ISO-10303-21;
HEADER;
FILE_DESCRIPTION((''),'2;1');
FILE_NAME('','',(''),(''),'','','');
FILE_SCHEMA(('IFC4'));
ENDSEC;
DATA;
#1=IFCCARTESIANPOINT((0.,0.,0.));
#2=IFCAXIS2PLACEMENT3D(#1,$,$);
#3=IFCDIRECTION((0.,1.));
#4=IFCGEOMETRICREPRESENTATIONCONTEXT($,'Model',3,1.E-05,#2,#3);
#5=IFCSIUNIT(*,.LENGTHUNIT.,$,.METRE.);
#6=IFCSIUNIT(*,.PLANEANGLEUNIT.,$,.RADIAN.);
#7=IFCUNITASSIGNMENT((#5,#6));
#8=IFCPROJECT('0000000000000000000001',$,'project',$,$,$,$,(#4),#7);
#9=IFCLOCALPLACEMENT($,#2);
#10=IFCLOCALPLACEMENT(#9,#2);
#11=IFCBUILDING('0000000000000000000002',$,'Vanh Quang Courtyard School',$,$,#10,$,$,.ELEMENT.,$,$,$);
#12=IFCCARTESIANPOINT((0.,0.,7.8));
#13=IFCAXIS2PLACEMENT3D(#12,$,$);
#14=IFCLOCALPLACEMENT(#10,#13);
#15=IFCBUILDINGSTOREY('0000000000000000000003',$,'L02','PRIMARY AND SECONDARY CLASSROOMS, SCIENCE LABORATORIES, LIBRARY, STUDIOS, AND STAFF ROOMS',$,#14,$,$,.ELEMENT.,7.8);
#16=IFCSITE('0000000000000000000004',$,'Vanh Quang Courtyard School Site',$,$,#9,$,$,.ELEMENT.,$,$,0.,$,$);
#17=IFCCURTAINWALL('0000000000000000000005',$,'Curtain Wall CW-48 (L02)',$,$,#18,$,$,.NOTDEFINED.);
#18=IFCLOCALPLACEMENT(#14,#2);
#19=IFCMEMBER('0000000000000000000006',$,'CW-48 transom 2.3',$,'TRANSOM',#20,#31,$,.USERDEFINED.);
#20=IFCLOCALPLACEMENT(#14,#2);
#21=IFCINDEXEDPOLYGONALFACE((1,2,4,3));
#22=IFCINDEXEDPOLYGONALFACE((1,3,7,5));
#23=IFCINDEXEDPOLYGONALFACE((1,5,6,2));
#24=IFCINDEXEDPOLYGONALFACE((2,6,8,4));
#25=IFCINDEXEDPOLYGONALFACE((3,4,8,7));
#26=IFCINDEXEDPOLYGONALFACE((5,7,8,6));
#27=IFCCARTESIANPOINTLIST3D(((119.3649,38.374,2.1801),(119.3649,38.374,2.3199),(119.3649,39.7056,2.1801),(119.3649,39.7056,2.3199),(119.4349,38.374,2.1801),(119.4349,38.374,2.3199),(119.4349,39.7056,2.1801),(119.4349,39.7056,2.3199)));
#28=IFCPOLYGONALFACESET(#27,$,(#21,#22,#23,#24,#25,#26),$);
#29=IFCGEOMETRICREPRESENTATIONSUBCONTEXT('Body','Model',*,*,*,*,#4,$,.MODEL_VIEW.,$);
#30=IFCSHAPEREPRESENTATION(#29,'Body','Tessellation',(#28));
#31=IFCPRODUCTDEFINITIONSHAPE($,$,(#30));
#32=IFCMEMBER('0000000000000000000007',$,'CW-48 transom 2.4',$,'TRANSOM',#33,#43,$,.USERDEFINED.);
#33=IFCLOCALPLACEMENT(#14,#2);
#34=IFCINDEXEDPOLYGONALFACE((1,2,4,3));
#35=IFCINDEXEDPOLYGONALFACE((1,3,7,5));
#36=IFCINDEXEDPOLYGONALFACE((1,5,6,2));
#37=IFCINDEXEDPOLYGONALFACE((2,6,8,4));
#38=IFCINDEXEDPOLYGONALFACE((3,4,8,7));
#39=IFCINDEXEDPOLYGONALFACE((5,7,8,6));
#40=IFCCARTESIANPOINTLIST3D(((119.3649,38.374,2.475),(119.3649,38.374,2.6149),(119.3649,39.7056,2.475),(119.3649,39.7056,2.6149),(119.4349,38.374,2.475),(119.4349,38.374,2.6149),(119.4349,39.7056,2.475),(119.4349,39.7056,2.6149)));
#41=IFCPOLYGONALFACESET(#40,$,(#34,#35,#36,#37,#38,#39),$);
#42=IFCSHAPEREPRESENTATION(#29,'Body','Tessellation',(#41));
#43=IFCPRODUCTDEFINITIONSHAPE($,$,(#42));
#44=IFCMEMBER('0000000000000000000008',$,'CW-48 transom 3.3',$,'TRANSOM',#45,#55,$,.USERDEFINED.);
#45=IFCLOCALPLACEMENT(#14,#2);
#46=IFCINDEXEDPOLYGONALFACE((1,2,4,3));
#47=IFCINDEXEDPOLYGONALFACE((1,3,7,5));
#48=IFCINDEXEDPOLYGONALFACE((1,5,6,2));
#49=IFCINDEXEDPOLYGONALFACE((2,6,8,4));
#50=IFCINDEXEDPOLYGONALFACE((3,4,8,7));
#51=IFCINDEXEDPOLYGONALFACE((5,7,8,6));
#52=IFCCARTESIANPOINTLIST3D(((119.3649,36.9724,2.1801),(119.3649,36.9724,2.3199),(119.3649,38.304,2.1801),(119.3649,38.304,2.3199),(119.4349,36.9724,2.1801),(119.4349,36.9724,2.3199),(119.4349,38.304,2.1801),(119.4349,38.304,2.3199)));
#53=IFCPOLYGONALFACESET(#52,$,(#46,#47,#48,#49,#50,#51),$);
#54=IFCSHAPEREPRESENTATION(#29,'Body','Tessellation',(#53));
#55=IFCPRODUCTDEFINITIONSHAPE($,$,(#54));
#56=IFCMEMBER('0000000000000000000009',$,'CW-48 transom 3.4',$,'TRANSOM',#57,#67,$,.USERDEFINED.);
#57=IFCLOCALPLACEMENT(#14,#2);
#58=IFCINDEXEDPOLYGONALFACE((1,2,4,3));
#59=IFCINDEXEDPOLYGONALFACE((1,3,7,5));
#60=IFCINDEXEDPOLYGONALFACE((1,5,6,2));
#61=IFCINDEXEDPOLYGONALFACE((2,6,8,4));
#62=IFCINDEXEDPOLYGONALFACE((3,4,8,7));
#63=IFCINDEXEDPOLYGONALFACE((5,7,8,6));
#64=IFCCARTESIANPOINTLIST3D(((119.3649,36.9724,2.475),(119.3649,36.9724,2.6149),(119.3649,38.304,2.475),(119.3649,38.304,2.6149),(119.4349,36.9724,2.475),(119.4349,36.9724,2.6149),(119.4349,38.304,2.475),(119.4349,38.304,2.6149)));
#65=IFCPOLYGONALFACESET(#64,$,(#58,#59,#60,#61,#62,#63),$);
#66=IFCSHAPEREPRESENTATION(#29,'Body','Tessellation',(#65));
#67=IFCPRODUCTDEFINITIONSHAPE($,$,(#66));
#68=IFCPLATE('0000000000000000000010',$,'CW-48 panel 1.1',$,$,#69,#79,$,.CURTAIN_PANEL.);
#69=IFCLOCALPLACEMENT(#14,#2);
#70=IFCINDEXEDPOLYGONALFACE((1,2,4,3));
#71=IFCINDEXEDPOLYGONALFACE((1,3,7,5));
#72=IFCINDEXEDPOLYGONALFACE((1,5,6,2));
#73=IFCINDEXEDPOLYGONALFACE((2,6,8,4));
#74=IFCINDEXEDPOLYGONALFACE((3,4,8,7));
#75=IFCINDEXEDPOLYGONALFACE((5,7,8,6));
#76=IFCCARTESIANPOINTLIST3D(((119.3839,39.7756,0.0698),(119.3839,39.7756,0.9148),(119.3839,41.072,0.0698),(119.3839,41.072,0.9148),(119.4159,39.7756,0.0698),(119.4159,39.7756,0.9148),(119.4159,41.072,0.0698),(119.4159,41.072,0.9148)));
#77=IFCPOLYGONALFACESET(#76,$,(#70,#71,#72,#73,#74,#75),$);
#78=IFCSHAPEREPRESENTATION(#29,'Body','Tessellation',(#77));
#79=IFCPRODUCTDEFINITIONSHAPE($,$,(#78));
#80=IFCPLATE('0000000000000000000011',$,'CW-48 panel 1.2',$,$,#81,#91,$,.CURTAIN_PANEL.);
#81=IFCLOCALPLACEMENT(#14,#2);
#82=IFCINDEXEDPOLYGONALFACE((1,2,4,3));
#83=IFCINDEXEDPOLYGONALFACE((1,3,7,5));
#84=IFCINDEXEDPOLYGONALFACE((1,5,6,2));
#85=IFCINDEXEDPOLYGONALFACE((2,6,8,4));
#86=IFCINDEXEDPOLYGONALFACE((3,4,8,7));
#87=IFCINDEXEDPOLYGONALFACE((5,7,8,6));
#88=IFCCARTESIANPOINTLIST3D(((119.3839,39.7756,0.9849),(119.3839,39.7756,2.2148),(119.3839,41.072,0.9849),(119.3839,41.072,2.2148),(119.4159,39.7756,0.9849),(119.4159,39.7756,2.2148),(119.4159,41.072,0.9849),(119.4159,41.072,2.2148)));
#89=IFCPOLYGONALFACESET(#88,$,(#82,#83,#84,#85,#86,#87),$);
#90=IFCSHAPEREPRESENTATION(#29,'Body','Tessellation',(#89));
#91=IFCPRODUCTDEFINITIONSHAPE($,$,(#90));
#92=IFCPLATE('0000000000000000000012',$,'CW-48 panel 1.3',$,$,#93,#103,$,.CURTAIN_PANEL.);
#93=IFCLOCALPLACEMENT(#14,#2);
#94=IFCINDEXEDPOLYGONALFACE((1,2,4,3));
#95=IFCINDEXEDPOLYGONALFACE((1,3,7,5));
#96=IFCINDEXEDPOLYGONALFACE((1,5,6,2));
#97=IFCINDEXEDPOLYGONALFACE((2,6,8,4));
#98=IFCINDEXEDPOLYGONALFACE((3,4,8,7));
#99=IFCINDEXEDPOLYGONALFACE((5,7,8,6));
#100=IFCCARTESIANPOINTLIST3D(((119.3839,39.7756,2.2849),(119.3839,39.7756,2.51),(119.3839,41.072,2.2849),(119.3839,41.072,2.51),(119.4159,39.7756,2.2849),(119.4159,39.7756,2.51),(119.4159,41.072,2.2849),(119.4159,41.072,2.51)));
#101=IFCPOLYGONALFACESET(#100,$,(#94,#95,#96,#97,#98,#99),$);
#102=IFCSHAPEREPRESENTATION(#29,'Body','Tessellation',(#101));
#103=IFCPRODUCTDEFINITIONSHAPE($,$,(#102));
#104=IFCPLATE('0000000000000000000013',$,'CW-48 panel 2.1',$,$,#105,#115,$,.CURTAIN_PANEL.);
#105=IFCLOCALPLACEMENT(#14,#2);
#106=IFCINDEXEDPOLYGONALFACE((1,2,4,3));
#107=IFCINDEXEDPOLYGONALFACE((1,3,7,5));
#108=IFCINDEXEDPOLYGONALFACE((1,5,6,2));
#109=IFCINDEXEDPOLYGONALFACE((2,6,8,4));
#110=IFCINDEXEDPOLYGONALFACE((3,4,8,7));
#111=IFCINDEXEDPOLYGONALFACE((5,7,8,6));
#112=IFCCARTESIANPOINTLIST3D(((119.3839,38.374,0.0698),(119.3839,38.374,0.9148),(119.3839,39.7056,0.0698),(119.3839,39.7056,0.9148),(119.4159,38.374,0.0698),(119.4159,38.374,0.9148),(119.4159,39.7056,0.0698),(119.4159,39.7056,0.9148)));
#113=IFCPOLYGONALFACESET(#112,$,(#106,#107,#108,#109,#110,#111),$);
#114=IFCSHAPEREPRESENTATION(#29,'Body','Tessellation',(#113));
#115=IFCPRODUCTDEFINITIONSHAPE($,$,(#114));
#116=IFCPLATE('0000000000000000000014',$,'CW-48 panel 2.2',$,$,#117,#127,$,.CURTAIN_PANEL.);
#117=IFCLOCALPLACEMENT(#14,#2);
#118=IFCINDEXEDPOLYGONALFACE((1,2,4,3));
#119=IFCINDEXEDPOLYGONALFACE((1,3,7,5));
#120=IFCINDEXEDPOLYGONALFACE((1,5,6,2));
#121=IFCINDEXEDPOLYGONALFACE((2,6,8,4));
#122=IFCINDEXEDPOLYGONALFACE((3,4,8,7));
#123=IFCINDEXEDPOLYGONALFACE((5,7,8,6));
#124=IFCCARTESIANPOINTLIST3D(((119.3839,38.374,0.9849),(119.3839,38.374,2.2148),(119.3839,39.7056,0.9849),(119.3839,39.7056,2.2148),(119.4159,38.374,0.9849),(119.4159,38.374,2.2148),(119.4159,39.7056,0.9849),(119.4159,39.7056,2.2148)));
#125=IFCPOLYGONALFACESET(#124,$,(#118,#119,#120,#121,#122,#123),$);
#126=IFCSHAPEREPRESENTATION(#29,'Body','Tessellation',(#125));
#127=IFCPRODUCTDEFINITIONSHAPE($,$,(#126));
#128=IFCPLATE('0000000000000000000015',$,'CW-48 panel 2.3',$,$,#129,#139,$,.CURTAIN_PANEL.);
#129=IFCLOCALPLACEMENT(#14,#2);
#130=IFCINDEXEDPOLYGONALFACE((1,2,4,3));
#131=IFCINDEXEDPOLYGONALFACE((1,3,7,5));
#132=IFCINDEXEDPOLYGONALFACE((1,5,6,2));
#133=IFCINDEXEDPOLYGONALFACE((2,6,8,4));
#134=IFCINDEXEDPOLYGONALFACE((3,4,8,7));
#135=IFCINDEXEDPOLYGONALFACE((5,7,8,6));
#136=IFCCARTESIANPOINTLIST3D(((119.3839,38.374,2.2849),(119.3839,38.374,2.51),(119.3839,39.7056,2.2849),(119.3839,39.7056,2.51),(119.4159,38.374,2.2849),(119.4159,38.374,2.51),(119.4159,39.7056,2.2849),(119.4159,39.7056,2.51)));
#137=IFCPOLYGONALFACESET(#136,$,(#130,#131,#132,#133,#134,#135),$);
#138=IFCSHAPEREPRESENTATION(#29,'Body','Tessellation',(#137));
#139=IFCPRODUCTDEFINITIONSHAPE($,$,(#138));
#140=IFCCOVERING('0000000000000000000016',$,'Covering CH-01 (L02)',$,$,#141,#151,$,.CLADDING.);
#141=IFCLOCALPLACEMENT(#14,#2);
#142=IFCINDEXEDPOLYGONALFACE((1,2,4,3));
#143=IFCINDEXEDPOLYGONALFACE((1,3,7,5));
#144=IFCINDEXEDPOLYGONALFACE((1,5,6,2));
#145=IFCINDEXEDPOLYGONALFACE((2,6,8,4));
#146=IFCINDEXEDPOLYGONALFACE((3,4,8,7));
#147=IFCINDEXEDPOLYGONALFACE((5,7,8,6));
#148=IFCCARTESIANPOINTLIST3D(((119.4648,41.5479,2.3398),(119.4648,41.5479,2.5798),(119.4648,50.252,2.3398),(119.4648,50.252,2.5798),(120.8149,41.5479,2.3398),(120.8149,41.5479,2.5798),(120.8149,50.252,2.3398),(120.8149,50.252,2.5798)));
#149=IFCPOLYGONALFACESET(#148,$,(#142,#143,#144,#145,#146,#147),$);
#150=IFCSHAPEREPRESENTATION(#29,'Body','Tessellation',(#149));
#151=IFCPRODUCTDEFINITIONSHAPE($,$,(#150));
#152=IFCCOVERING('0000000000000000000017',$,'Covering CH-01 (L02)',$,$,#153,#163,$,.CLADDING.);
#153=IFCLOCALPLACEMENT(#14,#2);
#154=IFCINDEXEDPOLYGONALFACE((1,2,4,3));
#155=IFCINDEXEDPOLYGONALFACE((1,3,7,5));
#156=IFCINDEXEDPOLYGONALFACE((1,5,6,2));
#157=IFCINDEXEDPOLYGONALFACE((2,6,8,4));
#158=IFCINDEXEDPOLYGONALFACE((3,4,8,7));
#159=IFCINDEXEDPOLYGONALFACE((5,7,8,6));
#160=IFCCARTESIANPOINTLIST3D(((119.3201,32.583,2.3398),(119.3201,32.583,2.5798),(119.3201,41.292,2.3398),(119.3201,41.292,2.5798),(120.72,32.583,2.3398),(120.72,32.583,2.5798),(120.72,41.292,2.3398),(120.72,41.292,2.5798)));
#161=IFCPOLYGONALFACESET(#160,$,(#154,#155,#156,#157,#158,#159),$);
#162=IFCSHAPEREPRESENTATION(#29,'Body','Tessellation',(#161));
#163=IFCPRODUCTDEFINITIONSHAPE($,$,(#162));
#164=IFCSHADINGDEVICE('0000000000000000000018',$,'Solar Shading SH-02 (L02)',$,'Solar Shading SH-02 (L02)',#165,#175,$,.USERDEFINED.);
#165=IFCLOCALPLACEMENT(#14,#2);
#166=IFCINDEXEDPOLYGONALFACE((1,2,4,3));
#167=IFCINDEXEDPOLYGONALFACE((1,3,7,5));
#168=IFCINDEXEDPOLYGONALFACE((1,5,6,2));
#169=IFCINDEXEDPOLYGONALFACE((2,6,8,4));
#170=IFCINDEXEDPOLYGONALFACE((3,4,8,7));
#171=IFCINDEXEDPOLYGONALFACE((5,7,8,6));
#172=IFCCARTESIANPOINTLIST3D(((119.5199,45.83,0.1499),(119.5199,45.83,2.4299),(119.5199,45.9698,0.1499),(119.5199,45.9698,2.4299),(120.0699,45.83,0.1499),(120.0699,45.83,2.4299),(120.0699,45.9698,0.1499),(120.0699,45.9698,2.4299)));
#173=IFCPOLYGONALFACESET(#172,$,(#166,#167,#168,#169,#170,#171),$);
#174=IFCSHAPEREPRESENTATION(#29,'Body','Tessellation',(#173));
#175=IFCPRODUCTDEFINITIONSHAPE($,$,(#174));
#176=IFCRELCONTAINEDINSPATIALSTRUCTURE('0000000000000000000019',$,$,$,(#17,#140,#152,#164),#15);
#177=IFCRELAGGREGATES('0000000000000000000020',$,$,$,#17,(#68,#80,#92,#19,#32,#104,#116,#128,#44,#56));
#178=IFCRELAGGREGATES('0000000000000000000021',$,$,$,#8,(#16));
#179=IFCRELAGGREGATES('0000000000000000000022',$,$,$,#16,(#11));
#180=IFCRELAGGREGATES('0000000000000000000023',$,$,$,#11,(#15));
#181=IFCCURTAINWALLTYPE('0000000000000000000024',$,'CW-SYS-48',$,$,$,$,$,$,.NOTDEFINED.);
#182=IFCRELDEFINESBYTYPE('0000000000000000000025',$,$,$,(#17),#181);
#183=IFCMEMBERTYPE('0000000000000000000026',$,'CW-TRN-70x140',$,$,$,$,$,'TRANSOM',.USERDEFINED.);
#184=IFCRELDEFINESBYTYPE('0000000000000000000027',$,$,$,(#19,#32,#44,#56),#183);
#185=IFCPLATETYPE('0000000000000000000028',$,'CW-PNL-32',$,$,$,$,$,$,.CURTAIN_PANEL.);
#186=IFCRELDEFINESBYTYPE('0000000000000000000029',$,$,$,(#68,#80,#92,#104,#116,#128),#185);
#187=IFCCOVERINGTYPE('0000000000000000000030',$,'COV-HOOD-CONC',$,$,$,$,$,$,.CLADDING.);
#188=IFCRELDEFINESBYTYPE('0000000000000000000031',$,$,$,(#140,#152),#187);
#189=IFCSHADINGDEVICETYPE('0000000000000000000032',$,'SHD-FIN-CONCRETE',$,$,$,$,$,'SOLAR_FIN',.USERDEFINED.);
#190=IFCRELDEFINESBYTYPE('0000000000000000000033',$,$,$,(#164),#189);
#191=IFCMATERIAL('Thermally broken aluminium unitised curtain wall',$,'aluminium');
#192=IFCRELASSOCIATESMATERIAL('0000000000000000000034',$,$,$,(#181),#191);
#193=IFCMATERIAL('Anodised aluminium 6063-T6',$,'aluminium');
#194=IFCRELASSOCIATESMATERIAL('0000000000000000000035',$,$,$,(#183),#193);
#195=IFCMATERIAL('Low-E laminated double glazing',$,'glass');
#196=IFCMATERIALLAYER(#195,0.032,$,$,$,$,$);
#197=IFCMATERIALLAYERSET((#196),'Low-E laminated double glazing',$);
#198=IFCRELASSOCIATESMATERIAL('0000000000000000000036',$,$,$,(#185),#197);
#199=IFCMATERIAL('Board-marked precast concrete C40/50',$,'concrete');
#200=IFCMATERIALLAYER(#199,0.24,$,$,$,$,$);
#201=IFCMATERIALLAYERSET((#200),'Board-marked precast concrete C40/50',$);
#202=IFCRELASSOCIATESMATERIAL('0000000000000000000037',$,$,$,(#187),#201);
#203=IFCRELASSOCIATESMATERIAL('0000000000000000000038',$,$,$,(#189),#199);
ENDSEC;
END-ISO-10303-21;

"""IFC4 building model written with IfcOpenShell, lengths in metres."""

from ifc_helpers import new_model, si_unit, direction, frame, origin, origin_2d, place, context, subcontext, project, spatial, rectangle, extrude, material, layer, layer_set, material_profile, profile_set, type_object, element, aggregate, save


model = new_model("IFC4")

# Units and contexts
model_context = context("Model", 3, precision=1e-05, world=origin(), true_north=direction((0.0, 1.0)))
body_context = subcontext(model_context, "Body", "Model", "MODEL_VIEW")
ifc_project = project(units=[si_unit("LENGTHUNIT", "METRE"), si_unit("PLANEANGLEUNIT", "RADIAN")], contexts=[model_context])

# Site, building, storey
site_placement = place(None, origin())
site = spatial("IfcSite", under=ifc_project, at=site_placement, Name="Vanh Quang Courtyard School Site", CompositionType="ELEMENT", RefElevation=0.0)
building_placement = place(site_placement, origin())
building = spatial("IfcBuilding", under=site, at=building_placement, Name="Vanh Quang Courtyard School", CompositionType="ELEMENT")
storey_placement = place(building_placement, frame((0.0, 0.0, 7.8)))
storey = spatial("IfcBuildingStorey", under=building, at=storey_placement, Name="L02", Description="PRIMARY AND SECONDARY CLASSROOMS, SCIENCE LABORATORIES, LIBRARY, STUDIOS, AND STAFF ROOMS", CompositionType="ELEMENT", Elevation=7.8)

# Curtain wall, members, plates
ifc_material_1 = material(Name="Thermally broken aluminium unitised curtain wall", Category="aluminium")
curtain_wall_type = type_object("IfcCurtainWallType", Name="CW-SYS-48", PredefinedType="NOTDEFINED", material=ifc_material_1)
curtain_wall_placement = place(storey_placement, origin())
curtain_wall = element("IfcCurtainWall", 1, at=curtain_wall_placement, inside=storey, type_object=curtain_wall_type, Name="Curtain Wall CW-48 (L02)", PredefinedType="NOTDEFINED")
ifc_material_2 = material(Name="Anodised aluminium 6063-T6", Category="aluminium")
ifc_material_profile_1 = material_profile(ifc_material_2, rectangle(XDim=0.0701, YDim=0.1399, at=origin_2d()), Name="ALU-TRN 70x140")
ifc_profile_set_1 = profile_set([ifc_material_profile_1], Name="Anodised aluminium 6063-T6")
member_type_1 = type_object("IfcMemberType", Name="CW-TRN-70x140", ElementType="TRANSOM", PredefinedType="USERDEFINED", material=ifc_profile_set_1)
member_1_placement = place(storey_placement, frame((119.3999, 39.7056, 2.25), z_axis=(0.0, -1.0, 0.0), x_axis=(1.0, 0.0, 0.0)))
member_1 = element("IfcMember", 2, at=member_1_placement, type_object=member_type_1, Name="CW-48 transom 2.3", ObjectType="TRANSOM", PredefinedType="USERDEFINED", context=body_context, shape_type="SweptSolid", body=[
    extrude(rectangle(XDim=0.0701, YDim=0.1399, at=origin_2d()), origin(), (0.0, 0.0, 1.0), 1.3315),
])
member_2_placement = place(storey_placement, frame((119.3999, 39.7056, 2.5449), z_axis=(0.0, -1.0, 0.0), x_axis=(1.0, 0.0, 0.0)))
member_2 = element("IfcMember", 3, at=member_2_placement, type_object=member_type_1, Name="CW-48 transom 2.4", ObjectType="TRANSOM", PredefinedType="USERDEFINED", context=body_context, shape_type="SweptSolid", body=[
    extrude(rectangle(XDim=0.0701, YDim=0.1399, at=origin_2d()), origin(), (0.0, 0.0, 1.0), 1.3315),
])
member_3_placement = place(storey_placement, frame((119.3999, 38.304, 2.25), z_axis=(0.0, -1.0, 0.0), x_axis=(1.0, 0.0, 0.0)))
member_3 = element("IfcMember", 4, at=member_3_placement, type_object=member_type_1, Name="CW-48 transom 3.3", ObjectType="TRANSOM", PredefinedType="USERDEFINED", context=body_context, shape_type="SweptSolid", body=[
    extrude(rectangle(XDim=0.0701, YDim=0.1399, at=origin_2d()), origin(), (0.0, 0.0, 1.0), 1.3315),
])
member_4_placement = place(storey_placement, frame((119.3999, 38.304, 2.5449), z_axis=(0.0, -1.0, 0.0), x_axis=(1.0, 0.0, 0.0)))
member_4 = element("IfcMember", 5, at=member_4_placement, type_object=member_type_1, Name="CW-48 transom 3.4", ObjectType="TRANSOM", PredefinedType="USERDEFINED", context=body_context, shape_type="SweptSolid", body=[
    extrude(rectangle(XDim=0.0701, YDim=0.1399, at=origin_2d()), origin(), (0.0, 0.0, 1.0), 1.3315),
])
ifc_material_3 = material(Name="Low-E laminated double glazing", Category="glass")
ifc_layer_1 = layer(ifc_material_3, 0.032)
ifc_layer_set_1 = layer_set([ifc_layer_1], Name="Low-E laminated double glazing")
plate_type = type_object("IfcPlateType", Name="CW-PNL-32", PredefinedType="CURTAIN_PANEL", material=ifc_layer_set_1)
plate_1_placement = place(storey_placement, frame((119.3999, 40.4238, 0.0698), z_axis=(0.0, 0.0, 1.0), x_axis=(0.0, -1.0, 0.0)))
plate_1 = element("IfcPlate", 6, at=plate_1_placement, type_object=plate_type, Name="CW-48 panel 1.1", PredefinedType="CURTAIN_PANEL", context=body_context, shape_type="SweptSolid", body=[
    extrude(rectangle(XDim=1.2964, YDim=0.032, at=origin_2d()), origin(), (0.0, 0.0, 1.0), 0.845),
])
plate_2_placement = place(storey_placement, frame((119.3999, 40.4238, 0.9849), z_axis=(0.0, 0.0, 1.0), x_axis=(0.0, -1.0, 0.0)))
plate_2 = element("IfcPlate", 7, at=plate_2_placement, type_object=plate_type, Name="CW-48 panel 1.2", PredefinedType="CURTAIN_PANEL", context=body_context, shape_type="SweptSolid", body=[
    extrude(rectangle(XDim=1.2964, YDim=0.032, at=origin_2d()), origin(), (0.0, 0.0, 1.0), 1.23),
])
plate_3_placement = place(storey_placement, frame((119.3999, 40.4238, 2.2849), z_axis=(0.0, 0.0, 1.0), x_axis=(0.0, -1.0, 0.0)))
plate_3 = element("IfcPlate", 8, at=plate_3_placement, type_object=plate_type, Name="CW-48 panel 1.3", PredefinedType="CURTAIN_PANEL", context=body_context, shape_type="SweptSolid", body=[
    extrude(rectangle(XDim=1.2964, YDim=0.032, at=origin_2d()), origin(), (0.0, 0.0, 1.0), 0.2251),
])
plate_4_placement = place(storey_placement, frame((119.3999, 39.0398, 0.0698), z_axis=(0.0, 0.0, 1.0), x_axis=(0.0, -1.0, 0.0)))
plate_4 = element("IfcPlate", 9, at=plate_4_placement, type_object=plate_type, Name="CW-48 panel 2.1", PredefinedType="CURTAIN_PANEL", context=body_context, shape_type="SweptSolid", body=[
    extrude(rectangle(XDim=1.3315, YDim=0.032, at=origin_2d()), origin(), (0.0, 0.0, 1.0), 0.845),
])
plate_5_placement = place(storey_placement, frame((119.3999, 39.0398, 0.9849), z_axis=(0.0, 0.0, 1.0), x_axis=(0.0, -1.0, 0.0)))
plate_5 = element("IfcPlate", 10, at=plate_5_placement, type_object=plate_type, Name="CW-48 panel 2.2", PredefinedType="CURTAIN_PANEL", context=body_context, shape_type="SweptSolid", body=[
    extrude(rectangle(XDim=1.3315, YDim=0.032, at=origin_2d()), origin(), (0.0, 0.0, 1.0), 1.23),
])
plate_6_placement = place(storey_placement, frame((119.3999, 39.0398, 2.2849), z_axis=(0.0, 0.0, 1.0), x_axis=(0.0, -1.0, 0.0)))
plate_6 = element("IfcPlate", 11, at=plate_6_placement, type_object=plate_type, Name="CW-48 panel 2.3", PredefinedType="CURTAIN_PANEL", context=body_context, shape_type="SweptSolid", body=[
    extrude(rectangle(XDim=1.3315, YDim=0.032, at=origin_2d()), origin(), (0.0, 0.0, 1.0), 0.2251),
])
aggregate(curtain_wall, [plate_1, plate_2, plate_3, member_1, member_2, plate_4, plate_5, plate_6, member_3, member_4])

# Coverings
ifc_material_4 = material(Name="Board-marked precast concrete C40/50", Category="concrete")
ifc_layer_2 = layer(ifc_material_4, 0.24)
ifc_layer_set_2 = layer_set([ifc_layer_2], Name="Board-marked precast concrete C40/50")
covering_type = type_object("IfcCoveringType", Name="COV-HOOD-CONC", PredefinedType="CLADDING", material=ifc_layer_set_2)
covering_1_placement = place(storey_placement, frame((120.1399, 45.8999, 2.3398), z_axis=(0.0, 0.0, 1.0), x_axis=(0.0, -1.0, 0.0)))
element("IfcCovering", 12, at=covering_1_placement, inside=storey, type_object=covering_type, Name="Covering CH-01 (L02)", PredefinedType="CLADDING", context=body_context, shape_type="SweptSolid", body=[
    extrude(rectangle(XDim=8.7041, YDim=1.3501, at=origin_2d()), origin(), (0.0, 0.0, 1.0), 0.24),
])
covering_2_placement = place(storey_placement, frame((120.02, 36.9375, 2.3398), z_axis=(0.0, 0.0, 1.0), x_axis=(0.0, -1.0, 0.0)))
element("IfcCovering", 13, at=covering_2_placement, inside=storey, type_object=covering_type, Name="Covering CH-01 (L02)", PredefinedType="CLADDING", context=body_context, shape_type="SweptSolid", body=[
    extrude(rectangle(XDim=8.709, YDim=1.3999, at=origin_2d()), origin(), (0.0, 0.0, 1.0), 0.24),
])

# Shading device
shading_device_type = type_object("IfcShadingDeviceType", Name="SHD-FIN-CONCRETE", ElementType="SOLAR_FIN", PredefinedType="USERDEFINED", material=ifc_material_4)
shading_device_placement = place(storey_placement, frame((119.7949, 45.8999, 0.1499), z_axis=(0.0, 0.0, 1.0), x_axis=(0.0, -1.0, 0.0)))
element("IfcShadingDevice", 14, at=shading_device_placement, inside=storey, type_object=shading_device_type, Name="Solar Shading SH-02 (L02)", ObjectType="Solar Shading SH-02 (L02)", PredefinedType="USERDEFINED", context=body_context, shape_type="SweptSolid", body=[
    extrude(rectangle(XDim=0.1399, YDim=0.55, at=origin_2d()), origin(), (0.0, 0.0, 1.0), 2.28),
])

save(model, "model.ifc")
